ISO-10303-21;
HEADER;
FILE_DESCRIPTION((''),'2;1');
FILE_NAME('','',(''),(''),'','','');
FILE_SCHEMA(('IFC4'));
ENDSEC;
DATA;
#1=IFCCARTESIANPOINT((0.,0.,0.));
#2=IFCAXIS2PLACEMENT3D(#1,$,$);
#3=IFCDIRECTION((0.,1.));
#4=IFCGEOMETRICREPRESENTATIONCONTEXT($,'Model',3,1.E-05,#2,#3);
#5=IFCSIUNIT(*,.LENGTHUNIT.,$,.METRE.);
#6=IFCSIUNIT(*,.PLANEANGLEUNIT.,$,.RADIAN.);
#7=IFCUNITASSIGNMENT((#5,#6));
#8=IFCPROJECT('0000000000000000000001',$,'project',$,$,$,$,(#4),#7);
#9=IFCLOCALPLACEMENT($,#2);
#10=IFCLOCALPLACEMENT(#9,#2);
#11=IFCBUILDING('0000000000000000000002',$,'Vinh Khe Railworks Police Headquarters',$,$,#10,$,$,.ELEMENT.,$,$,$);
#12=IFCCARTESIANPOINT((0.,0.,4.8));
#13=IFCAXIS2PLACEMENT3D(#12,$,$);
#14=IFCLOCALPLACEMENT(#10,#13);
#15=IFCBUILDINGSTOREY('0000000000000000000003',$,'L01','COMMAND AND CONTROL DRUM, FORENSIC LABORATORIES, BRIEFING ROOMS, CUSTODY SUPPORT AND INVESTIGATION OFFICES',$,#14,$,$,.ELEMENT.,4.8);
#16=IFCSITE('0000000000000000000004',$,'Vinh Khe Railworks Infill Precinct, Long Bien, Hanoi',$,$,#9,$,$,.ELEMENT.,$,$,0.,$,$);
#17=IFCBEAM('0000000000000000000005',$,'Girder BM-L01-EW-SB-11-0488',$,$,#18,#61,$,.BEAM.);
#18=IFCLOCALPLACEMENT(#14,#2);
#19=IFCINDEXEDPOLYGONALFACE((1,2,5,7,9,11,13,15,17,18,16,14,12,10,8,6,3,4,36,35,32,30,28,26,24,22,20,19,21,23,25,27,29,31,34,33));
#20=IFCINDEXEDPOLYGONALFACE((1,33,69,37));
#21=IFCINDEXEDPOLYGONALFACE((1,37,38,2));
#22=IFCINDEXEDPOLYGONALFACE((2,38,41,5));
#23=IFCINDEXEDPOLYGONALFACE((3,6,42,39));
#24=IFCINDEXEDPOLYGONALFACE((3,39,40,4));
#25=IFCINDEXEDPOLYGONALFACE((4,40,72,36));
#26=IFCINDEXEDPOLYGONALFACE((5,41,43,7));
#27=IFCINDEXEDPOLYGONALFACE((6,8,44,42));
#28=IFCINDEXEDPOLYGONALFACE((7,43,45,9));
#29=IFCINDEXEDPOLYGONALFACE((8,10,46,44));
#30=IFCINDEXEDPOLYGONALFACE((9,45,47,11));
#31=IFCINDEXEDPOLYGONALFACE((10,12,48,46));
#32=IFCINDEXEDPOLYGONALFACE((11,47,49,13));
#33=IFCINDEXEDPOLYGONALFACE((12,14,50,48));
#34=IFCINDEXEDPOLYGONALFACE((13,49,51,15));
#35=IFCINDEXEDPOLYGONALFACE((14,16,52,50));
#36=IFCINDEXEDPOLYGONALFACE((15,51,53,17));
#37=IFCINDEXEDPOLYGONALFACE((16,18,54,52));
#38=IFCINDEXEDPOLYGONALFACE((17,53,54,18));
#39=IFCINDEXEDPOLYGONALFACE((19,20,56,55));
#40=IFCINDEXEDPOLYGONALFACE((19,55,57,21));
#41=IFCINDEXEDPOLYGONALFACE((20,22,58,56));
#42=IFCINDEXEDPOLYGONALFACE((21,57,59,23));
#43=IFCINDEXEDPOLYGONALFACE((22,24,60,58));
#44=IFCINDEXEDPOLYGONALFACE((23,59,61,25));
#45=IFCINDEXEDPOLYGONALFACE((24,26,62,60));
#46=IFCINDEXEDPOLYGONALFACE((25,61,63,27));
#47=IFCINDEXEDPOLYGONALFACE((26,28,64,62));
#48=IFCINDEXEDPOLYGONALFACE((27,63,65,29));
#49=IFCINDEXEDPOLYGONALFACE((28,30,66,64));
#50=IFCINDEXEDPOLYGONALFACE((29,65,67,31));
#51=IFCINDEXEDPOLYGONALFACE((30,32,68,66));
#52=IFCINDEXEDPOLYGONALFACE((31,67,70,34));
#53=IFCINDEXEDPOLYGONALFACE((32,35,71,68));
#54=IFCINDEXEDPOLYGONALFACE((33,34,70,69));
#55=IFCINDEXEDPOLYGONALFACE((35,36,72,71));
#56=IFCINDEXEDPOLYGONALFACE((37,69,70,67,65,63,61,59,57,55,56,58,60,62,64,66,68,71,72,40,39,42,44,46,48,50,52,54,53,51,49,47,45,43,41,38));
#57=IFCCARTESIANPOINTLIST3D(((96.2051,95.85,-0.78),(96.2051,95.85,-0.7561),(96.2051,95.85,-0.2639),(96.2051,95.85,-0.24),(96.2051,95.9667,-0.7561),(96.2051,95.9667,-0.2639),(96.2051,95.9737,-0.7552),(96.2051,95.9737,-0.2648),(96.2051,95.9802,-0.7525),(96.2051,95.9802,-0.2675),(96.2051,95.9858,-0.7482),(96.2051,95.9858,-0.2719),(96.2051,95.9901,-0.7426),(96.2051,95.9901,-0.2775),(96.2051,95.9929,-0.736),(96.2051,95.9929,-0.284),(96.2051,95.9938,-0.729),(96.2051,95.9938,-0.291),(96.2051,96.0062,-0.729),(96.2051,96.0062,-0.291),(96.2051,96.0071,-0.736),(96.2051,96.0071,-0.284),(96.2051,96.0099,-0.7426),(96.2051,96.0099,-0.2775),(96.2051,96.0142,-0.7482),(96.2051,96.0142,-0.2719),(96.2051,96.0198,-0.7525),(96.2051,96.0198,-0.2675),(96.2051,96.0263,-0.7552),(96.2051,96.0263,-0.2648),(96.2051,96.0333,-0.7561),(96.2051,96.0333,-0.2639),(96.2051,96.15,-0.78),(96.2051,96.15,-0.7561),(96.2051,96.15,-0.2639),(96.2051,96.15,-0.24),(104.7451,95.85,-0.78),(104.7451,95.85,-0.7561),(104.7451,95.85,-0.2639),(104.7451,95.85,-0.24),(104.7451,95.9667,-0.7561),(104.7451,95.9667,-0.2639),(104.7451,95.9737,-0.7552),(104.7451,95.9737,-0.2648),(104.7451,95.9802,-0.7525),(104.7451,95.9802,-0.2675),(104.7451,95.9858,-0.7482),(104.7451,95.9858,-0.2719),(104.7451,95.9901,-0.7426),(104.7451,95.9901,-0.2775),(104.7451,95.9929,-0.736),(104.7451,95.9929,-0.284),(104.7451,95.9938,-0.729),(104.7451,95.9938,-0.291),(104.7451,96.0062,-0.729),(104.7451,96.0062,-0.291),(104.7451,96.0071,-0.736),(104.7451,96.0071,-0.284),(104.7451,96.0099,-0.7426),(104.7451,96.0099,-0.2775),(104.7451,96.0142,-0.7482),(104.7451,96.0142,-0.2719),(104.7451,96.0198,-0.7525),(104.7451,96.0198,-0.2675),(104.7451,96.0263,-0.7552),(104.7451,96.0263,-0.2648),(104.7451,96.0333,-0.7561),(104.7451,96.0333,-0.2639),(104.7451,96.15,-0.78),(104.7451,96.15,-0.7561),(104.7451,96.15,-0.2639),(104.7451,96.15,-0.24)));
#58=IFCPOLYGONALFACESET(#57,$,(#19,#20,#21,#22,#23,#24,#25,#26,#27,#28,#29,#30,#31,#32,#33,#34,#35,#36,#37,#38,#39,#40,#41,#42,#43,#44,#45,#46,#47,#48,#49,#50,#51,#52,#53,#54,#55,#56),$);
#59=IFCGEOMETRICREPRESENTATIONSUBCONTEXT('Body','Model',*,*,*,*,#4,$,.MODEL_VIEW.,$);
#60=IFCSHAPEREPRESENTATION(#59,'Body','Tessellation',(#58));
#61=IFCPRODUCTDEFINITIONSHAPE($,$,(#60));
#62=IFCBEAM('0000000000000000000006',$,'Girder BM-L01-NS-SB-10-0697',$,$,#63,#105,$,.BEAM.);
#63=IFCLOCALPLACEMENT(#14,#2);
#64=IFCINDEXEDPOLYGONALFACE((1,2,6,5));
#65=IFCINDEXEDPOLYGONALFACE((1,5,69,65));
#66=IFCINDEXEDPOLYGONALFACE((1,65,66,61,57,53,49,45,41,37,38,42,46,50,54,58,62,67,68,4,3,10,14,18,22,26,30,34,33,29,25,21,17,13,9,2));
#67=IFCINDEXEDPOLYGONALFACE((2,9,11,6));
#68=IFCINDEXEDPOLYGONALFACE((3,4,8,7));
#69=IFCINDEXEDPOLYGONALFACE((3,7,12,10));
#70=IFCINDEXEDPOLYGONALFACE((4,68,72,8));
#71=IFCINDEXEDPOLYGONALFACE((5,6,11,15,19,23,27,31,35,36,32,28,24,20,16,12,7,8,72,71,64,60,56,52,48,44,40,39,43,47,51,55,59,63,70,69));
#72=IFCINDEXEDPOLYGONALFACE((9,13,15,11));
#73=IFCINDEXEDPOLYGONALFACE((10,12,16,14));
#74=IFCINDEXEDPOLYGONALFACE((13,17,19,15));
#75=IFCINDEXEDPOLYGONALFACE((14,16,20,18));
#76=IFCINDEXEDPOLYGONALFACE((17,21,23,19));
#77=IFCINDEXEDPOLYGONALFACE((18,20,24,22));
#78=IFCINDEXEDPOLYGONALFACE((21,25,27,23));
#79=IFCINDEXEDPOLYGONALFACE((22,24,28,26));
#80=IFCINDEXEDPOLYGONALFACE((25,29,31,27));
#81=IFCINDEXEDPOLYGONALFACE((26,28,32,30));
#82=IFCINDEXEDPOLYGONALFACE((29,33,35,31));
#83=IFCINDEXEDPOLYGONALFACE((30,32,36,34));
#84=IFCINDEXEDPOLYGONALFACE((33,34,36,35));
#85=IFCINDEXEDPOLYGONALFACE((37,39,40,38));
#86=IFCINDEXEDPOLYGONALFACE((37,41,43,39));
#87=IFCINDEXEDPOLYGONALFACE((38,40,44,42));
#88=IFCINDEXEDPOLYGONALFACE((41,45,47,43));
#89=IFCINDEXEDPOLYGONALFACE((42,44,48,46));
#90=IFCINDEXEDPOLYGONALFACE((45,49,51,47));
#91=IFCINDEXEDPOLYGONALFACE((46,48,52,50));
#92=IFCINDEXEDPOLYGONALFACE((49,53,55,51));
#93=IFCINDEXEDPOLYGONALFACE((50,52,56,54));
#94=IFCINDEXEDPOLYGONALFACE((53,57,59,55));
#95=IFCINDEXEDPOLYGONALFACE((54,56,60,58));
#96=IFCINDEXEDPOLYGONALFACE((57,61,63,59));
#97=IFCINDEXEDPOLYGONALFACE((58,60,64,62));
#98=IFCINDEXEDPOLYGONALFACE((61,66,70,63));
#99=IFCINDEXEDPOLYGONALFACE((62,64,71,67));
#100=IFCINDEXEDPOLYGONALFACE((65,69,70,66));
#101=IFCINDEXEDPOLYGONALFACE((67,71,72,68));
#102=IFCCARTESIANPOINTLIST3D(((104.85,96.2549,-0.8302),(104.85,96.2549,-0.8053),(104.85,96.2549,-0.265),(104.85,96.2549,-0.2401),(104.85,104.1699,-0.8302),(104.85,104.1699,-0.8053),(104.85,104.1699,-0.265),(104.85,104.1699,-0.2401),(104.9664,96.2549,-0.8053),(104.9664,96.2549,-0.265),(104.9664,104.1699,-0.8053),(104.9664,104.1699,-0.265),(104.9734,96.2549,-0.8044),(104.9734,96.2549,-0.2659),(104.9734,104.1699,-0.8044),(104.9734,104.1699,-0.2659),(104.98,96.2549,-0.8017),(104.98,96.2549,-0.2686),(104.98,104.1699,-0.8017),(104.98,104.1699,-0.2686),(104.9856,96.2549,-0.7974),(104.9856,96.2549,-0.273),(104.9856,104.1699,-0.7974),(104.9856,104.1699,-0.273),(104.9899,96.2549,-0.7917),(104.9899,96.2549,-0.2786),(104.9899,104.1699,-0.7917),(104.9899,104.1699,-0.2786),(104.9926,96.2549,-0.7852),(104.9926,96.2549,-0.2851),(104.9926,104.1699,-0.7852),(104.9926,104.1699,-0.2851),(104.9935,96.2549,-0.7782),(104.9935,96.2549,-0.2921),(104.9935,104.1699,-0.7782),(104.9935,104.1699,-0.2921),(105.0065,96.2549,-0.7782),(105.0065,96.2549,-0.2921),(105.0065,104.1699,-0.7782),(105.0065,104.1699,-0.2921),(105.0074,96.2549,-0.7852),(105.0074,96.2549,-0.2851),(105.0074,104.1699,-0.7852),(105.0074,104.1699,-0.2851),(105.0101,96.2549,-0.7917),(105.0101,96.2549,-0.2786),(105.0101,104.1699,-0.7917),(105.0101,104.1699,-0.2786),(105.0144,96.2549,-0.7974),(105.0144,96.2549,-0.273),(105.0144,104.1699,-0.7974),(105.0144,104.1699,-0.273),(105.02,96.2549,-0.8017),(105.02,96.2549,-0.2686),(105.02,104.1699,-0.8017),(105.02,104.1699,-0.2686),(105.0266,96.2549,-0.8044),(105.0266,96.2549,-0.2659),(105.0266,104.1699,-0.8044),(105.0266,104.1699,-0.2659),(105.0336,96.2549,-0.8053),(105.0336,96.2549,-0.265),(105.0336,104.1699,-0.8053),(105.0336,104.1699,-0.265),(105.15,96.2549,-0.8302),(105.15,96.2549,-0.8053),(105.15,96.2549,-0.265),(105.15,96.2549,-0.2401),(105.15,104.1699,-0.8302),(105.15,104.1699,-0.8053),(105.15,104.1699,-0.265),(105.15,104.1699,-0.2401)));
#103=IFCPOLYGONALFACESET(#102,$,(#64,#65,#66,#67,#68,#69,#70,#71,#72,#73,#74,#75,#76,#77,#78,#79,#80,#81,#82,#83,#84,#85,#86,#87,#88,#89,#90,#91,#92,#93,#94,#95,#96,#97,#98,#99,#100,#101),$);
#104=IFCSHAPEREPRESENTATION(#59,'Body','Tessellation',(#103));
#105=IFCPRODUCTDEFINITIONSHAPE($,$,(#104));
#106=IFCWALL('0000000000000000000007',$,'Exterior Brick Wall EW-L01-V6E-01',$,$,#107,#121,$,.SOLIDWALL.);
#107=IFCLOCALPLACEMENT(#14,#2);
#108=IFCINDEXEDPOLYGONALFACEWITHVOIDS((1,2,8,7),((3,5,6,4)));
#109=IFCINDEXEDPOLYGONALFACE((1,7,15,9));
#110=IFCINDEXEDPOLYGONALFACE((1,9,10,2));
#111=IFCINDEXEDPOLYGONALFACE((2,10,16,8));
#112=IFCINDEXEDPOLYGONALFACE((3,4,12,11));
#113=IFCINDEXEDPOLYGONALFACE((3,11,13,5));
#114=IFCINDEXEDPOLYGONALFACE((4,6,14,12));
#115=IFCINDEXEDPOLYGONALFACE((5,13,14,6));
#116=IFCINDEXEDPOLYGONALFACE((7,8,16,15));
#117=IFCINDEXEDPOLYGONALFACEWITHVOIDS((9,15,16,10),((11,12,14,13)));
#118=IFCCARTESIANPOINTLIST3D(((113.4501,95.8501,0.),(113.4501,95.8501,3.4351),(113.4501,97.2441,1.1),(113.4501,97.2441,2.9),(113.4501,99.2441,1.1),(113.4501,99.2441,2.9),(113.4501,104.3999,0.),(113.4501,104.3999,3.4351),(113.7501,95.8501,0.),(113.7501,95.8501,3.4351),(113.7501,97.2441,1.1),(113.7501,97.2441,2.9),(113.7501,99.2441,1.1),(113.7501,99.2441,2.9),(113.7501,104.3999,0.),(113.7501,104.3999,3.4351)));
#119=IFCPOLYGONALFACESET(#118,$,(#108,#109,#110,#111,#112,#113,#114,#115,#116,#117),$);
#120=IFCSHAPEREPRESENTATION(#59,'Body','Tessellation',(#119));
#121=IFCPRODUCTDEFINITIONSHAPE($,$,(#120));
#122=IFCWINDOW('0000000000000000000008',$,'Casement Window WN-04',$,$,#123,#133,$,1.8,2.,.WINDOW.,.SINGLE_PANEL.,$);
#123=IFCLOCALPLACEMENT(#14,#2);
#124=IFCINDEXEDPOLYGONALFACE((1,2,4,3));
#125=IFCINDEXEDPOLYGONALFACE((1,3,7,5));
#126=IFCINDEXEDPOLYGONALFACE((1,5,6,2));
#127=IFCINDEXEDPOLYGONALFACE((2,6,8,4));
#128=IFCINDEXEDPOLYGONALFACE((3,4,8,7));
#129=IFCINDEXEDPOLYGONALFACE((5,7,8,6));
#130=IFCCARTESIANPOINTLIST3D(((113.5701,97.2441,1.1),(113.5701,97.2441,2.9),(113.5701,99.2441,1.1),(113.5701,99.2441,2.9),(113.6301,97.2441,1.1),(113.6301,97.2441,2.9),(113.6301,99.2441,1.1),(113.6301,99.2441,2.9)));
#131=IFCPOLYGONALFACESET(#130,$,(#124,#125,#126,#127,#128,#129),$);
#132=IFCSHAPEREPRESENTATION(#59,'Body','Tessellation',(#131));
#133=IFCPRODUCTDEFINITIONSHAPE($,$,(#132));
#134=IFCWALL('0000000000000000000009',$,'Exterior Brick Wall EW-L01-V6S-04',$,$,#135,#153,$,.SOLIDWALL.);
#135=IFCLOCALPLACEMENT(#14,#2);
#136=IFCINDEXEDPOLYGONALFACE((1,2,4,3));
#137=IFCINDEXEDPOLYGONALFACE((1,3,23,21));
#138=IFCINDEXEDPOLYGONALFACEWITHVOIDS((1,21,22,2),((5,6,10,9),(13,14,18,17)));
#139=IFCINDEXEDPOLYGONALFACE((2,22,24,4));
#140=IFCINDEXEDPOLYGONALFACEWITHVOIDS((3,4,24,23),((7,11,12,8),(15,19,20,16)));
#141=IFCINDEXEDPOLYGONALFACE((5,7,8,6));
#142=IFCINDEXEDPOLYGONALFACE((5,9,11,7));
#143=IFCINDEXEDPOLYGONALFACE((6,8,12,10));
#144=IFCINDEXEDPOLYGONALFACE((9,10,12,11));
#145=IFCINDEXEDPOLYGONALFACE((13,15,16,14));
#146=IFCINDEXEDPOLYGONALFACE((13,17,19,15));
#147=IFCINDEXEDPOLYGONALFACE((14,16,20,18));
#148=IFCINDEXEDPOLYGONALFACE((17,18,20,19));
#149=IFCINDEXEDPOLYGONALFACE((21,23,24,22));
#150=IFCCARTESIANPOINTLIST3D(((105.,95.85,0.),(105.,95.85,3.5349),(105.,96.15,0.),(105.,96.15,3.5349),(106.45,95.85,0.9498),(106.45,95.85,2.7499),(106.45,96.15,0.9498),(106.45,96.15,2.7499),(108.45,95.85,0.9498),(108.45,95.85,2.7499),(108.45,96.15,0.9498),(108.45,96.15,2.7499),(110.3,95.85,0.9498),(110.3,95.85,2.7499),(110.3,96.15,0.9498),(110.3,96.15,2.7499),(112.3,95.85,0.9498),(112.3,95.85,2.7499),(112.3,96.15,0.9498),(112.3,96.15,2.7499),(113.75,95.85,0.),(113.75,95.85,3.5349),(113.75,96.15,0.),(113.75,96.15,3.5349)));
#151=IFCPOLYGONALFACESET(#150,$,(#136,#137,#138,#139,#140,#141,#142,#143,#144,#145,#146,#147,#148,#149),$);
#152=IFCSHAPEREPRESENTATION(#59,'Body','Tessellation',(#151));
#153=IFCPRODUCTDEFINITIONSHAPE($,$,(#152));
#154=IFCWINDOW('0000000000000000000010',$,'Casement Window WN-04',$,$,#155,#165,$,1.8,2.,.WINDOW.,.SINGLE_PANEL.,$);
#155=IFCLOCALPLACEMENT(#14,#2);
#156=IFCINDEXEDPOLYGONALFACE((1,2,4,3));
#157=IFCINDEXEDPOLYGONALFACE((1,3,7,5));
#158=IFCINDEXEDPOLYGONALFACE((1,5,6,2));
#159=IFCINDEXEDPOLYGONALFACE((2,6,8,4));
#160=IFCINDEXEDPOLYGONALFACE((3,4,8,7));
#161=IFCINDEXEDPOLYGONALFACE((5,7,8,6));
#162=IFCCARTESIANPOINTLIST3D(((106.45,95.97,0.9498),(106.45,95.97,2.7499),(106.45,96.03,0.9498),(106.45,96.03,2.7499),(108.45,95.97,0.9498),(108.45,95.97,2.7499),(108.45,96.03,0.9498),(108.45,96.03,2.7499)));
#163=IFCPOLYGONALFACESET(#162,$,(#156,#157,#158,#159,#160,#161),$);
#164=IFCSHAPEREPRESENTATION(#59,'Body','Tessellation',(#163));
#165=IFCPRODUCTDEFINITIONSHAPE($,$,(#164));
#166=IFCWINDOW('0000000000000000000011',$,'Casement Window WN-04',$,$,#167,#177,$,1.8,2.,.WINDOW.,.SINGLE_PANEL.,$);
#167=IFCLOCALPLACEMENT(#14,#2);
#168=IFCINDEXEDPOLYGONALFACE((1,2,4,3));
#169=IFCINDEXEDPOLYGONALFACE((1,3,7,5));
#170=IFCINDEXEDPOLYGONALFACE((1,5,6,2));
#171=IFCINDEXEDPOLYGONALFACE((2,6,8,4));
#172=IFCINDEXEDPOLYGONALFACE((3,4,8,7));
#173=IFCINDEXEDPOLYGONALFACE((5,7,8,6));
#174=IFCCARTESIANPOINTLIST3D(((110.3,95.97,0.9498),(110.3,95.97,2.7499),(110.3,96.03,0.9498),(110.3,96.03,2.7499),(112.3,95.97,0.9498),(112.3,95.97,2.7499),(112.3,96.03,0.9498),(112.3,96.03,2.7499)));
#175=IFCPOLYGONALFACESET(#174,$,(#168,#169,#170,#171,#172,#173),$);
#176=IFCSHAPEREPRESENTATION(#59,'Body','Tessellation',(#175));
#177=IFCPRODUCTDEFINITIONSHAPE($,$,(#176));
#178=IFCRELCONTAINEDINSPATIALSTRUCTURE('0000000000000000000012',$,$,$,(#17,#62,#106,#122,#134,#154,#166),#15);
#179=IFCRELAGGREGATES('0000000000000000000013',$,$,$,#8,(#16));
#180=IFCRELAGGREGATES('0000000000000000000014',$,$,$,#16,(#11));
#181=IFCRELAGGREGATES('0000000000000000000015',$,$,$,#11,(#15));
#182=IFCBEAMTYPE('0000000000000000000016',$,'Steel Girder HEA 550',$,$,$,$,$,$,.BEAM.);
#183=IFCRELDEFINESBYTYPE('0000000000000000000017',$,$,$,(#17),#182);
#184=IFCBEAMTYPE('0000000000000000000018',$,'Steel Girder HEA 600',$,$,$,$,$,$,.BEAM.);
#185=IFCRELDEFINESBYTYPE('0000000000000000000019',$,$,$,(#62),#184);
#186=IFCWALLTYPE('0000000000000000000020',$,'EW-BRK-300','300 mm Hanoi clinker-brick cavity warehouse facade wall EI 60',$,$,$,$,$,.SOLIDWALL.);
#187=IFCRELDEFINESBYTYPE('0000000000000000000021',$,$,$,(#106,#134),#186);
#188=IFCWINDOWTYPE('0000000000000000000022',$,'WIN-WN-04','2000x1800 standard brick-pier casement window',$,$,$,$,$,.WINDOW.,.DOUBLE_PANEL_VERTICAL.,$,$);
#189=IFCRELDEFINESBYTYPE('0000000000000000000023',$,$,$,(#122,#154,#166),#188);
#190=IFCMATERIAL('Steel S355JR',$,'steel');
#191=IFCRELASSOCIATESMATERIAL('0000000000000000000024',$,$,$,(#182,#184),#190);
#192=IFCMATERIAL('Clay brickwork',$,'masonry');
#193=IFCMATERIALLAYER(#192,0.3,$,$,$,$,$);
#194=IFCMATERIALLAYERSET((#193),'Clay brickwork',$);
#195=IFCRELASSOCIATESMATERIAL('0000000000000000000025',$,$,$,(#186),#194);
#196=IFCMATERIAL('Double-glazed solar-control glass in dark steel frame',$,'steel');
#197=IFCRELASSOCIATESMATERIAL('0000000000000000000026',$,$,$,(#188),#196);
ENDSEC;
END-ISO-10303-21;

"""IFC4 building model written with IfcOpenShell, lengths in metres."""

from ifc_helpers import new_model, si_unit, direction, frame, frame_2d, origin, origin_2d, place, context, subcontext, project, spatial, rectangle, i_section, extrude, material, layer, layer_set, material_profile, profile_set, type_object, element, fill, save


model = new_model("IFC4")

# Units and contexts
model_context = context("Model", 3, precision=1e-05, world=origin(), true_north=direction((0.0, 1.0)))
body_context = subcontext(model_context, "Body", "Model", "MODEL_VIEW")
ifc_project = project(units=[si_unit("LENGTHUNIT", "METRE"), si_unit("PLANEANGLEUNIT", "RADIAN")], contexts=[model_context])

# Site, building, storey
site_placement = place(None, origin())
site = spatial("IfcSite", under=ifc_project, at=site_placement, Name="Vinh Khe Railworks Infill Precinct, Long Bien, Hanoi", CompositionType="ELEMENT", RefElevation=0.0)
building_placement = place(site_placement, origin())
building = spatial("IfcBuilding", under=site, at=building_placement, Name="Vinh Khe Railworks Police Headquarters", CompositionType="ELEMENT")
storey_placement = place(building_placement, frame((0.0, 0.0, 4.8)))
storey = spatial("IfcBuildingStorey", under=building, at=storey_placement, Name="L01", Description="COMMAND AND CONTROL DRUM, FORENSIC LABORATORIES, BRIEFING ROOMS, CUSTODY SUPPORT AND INVESTIGATION OFFICES", CompositionType="ELEMENT", Elevation=4.8)

# Shared definitions
ifc_material_1 = material(Name="Steel S355JR", Category="steel")

# Beams
ifc_material_profile_1 = material_profile(ifc_material_1, i_section(OverallWidth=0.3, OverallDepth=0.54, WebThickness=0.0125, FlangeThickness=0.0239, FilletRadius=0.0271, at=origin_2d()), Name="HEA 550")
ifc_profile_set_1 = profile_set([ifc_material_profile_1], Name="Steel S355JR")
beam_type_1 = type_object("IfcBeamType", Name="Steel Girder HEA 550", PredefinedType="BEAM", material=ifc_profile_set_1)
beam_1_placement = place(storey_placement, frame((96.2051, 96.0, -0.51), z_axis=(1.0, 0.0, 0.0), x_axis=(0.0, 1.0, 0.0)))
element("IfcBeam", 1, at=beam_1_placement, inside=storey, type_object=beam_type_1, Name="Girder BM-L01-EW-SB-11-0488", PredefinedType="BEAM", context=body_context, shape_type="SweptSolid", body=[
    extrude(i_section(OverallWidth=0.3, OverallDepth=0.54, WebThickness=0.0125, FlangeThickness=0.0239, FilletRadius=0.0271, at=origin_2d()), origin(), (0.0, 0.0, 1.0), 8.54),
])
ifc_material_profile_2 = material_profile(ifc_material_1, i_section(OverallWidth=0.3, OverallDepth=0.5901, WebThickness=0.0129, FlangeThickness=0.0249, FilletRadius=0.0271, at=origin_2d()), Name="HEA 600")
ifc_profile_set_2 = profile_set([ifc_material_profile_2], Name="Steel S355JR")
beam_type_2 = type_object("IfcBeamType", Name="Steel Girder HEA 600", PredefinedType="BEAM", material=ifc_profile_set_2)
beam_2_placement = place(storey_placement, frame((105.0, 96.2549, -0.5352), z_axis=(0.0, 1.0, 0.0), x_axis=(-1.0, 0.0, 0.0)))
element("IfcBeam", 2, at=beam_2_placement, inside=storey, type_object=beam_type_2, Name="Girder BM-L01-NS-SB-10-0697", PredefinedType="BEAM", context=body_context, shape_type="SweptSolid", body=[
    extrude(i_section(OverallWidth=0.3, OverallDepth=0.5901, WebThickness=0.0129, FlangeThickness=0.0249, FilletRadius=0.0271, at=origin_2d()), origin(), (0.0, 0.0, 1.0), 7.915),
])

# Wall, opening, window
ifc_material_2 = material(Name="Clay brickwork", Category="masonry")
ifc_layer_1 = layer(ifc_material_2, 0.3)
ifc_layer_set_1 = layer_set([ifc_layer_1], Name="Clay brickwork")
wall_type_1 = type_object("IfcWallType", Name="EW-BRK-300", Description="300 mm Hanoi clinker-brick cavity warehouse facade wall EI 60", PredefinedType="SOLIDWALL", material=ifc_layer_set_1)
wall_1_placement = place(storey_placement, frame((113.6001, 95.8501, 0.0), z_axis=(0.0, 0.0, 1.0), x_axis=(0.0, 1.0, 0.0)))
wall_1 = element("IfcWall", 3, at=wall_1_placement, inside=storey, type_object=wall_type_1, Name="Exterior Brick Wall EW-L01-V6E-01", PredefinedType="SOLIDWALL", context=body_context, shape_type="SweptSolid", body=[
    extrude(rectangle(XDim=8.5498, YDim=0.3, at=frame_2d((4.2749, 0.0))), origin(), (0.0, 0.0, 1.0), 3.4351),
])
opening_1_placement = place(wall_1_placement, frame((1.394, 0.0, 1.1001)))
opening_1 = element("IfcOpeningElement", 4, at=opening_1_placement, cuts=wall_1, PredefinedType="OPENING", context=body_context, shape_type="SweptSolid", body=[
    extrude(rectangle(XDim=2.0, YDim=1.8, at=frame_2d((1.0, 0.8999))), frame((0.0, 0.165, 0.0), z_axis=(0.0, -1.0, 0.0), x_axis=(1.0, 0.0, 0.0)), (0.0, 0.0, 1.0), 0.3298),
])
ifc_material_3 = material(Name="Double-glazed solar-control glass in dark steel frame", Category="steel")
window_type_1 = type_object("IfcWindowType", Name="WIN-WN-04", Description="2000x1800 standard brick-pier casement window", PartitioningType="DOUBLE_PANEL_VERTICAL", PredefinedType="WINDOW", material=ifc_material_3)
window_1_placement = place(opening_1_placement, origin())
window_1 = element("IfcWindow", 5, at=window_1_placement, inside=storey, type_object=window_type_1, Name="Casement Window WN-04", OverallHeight=1.8, OverallWidth=2.0, PartitioningType="SINGLE_PANEL", PredefinedType="WINDOW", context=body_context, shape_type="SweptSolid", body=[
    extrude(rectangle(XDim=2.0, YDim=1.8, at=frame_2d((1.0, 0.8999))), frame((0.0, 0.03, 0.0), z_axis=(0.0, -1.0, 0.0), x_axis=(1.0, 0.0, 0.0)), (0.0, 0.0, 1.0), 0.0601),
])
fill(opening_1, window_1)

# Wall, openings, windows
wall_2_placement = place(storey_placement, frame((105.0, 96.0, 0.0), z_axis=(0.0, 0.0, 1.0), x_axis=(1.0, 0.0, 0.0)))
wall_2 = element("IfcWall", 6, at=wall_2_placement, inside=storey, type_object=wall_type_1, Name="Exterior Brick Wall EW-L01-V6S-04", PredefinedType="SOLIDWALL", context=body_context, shape_type="SweptSolid", body=[
    extrude(rectangle(XDim=8.75, YDim=0.3, at=frame_2d((4.375, 0.0))), origin(), (0.0, 0.0, 1.0), 3.5349),
])
opening_2_placement = place(wall_2_placement, frame((1.45, 0.0, 0.95)))
opening_2 = element("IfcOpeningElement", 7, at=opening_2_placement, cuts=wall_2, PredefinedType="OPENING", context=body_context, shape_type="SweptSolid", body=[
    extrude(rectangle(XDim=2.0, YDim=1.8, at=frame_2d((1.0, 0.8999))), frame((0.0, 0.165, 0.0), z_axis=(0.0, -1.0, 0.0), x_axis=(1.0, 0.0, 0.0)), (0.0, 0.0, 1.0), 0.3298),
])
opening_3_placement = place(wall_2_placement, frame((5.3, 0.0, 0.95)))
opening_3 = element("IfcOpeningElement", 8, at=opening_3_placement, cuts=wall_2, PredefinedType="OPENING", context=body_context, shape_type="SweptSolid", body=[
    extrude(rectangle(XDim=2.0, YDim=1.8, at=frame_2d((1.0, 0.8999))), frame((0.0, 0.165, 0.0), z_axis=(0.0, -1.0, 0.0), x_axis=(1.0, 0.0, 0.0)), (0.0, 0.0, 1.0), 0.3298),
])
window_2_placement = place(opening_2_placement, origin())
window_2 = element("IfcWindow", 9, at=window_2_placement, inside=storey, type_object=window_type_1, Name="Casement Window WN-04", OverallHeight=1.8, OverallWidth=2.0, PartitioningType="SINGLE_PANEL", PredefinedType="WINDOW", context=body_context, shape_type="SweptSolid", body=[
    extrude(rectangle(XDim=2.0, YDim=1.8, at=frame_2d((1.0, 0.8999))), frame((0.0, 0.03, 0.0), z_axis=(0.0, -1.0, 0.0), x_axis=(1.0, 0.0, 0.0)), (0.0, 0.0, 1.0), 0.0601),
])
fill(opening_2, window_2)
window_3_placement = place(opening_3_placement, origin())
window_3 = element("IfcWindow", 10, at=window_3_placement, inside=storey, type_object=window_type_1, Name="Casement Window WN-04", OverallHeight=1.8, OverallWidth=2.0, PartitioningType="SINGLE_PANEL", PredefinedType="WINDOW", context=body_context, shape_type="SweptSolid", body=[
    extrude(rectangle(XDim=2.0, YDim=1.8, at=frame_2d((1.0, 0.8999))), frame((0.0, 0.03, 0.0), z_axis=(0.0, -1.0, 0.0), x_axis=(1.0, 0.0, 0.0)), (0.0, 0.0, 1.0), 0.0601),
])
fill(opening_3, window_3)

save(model, "model.ifc")
